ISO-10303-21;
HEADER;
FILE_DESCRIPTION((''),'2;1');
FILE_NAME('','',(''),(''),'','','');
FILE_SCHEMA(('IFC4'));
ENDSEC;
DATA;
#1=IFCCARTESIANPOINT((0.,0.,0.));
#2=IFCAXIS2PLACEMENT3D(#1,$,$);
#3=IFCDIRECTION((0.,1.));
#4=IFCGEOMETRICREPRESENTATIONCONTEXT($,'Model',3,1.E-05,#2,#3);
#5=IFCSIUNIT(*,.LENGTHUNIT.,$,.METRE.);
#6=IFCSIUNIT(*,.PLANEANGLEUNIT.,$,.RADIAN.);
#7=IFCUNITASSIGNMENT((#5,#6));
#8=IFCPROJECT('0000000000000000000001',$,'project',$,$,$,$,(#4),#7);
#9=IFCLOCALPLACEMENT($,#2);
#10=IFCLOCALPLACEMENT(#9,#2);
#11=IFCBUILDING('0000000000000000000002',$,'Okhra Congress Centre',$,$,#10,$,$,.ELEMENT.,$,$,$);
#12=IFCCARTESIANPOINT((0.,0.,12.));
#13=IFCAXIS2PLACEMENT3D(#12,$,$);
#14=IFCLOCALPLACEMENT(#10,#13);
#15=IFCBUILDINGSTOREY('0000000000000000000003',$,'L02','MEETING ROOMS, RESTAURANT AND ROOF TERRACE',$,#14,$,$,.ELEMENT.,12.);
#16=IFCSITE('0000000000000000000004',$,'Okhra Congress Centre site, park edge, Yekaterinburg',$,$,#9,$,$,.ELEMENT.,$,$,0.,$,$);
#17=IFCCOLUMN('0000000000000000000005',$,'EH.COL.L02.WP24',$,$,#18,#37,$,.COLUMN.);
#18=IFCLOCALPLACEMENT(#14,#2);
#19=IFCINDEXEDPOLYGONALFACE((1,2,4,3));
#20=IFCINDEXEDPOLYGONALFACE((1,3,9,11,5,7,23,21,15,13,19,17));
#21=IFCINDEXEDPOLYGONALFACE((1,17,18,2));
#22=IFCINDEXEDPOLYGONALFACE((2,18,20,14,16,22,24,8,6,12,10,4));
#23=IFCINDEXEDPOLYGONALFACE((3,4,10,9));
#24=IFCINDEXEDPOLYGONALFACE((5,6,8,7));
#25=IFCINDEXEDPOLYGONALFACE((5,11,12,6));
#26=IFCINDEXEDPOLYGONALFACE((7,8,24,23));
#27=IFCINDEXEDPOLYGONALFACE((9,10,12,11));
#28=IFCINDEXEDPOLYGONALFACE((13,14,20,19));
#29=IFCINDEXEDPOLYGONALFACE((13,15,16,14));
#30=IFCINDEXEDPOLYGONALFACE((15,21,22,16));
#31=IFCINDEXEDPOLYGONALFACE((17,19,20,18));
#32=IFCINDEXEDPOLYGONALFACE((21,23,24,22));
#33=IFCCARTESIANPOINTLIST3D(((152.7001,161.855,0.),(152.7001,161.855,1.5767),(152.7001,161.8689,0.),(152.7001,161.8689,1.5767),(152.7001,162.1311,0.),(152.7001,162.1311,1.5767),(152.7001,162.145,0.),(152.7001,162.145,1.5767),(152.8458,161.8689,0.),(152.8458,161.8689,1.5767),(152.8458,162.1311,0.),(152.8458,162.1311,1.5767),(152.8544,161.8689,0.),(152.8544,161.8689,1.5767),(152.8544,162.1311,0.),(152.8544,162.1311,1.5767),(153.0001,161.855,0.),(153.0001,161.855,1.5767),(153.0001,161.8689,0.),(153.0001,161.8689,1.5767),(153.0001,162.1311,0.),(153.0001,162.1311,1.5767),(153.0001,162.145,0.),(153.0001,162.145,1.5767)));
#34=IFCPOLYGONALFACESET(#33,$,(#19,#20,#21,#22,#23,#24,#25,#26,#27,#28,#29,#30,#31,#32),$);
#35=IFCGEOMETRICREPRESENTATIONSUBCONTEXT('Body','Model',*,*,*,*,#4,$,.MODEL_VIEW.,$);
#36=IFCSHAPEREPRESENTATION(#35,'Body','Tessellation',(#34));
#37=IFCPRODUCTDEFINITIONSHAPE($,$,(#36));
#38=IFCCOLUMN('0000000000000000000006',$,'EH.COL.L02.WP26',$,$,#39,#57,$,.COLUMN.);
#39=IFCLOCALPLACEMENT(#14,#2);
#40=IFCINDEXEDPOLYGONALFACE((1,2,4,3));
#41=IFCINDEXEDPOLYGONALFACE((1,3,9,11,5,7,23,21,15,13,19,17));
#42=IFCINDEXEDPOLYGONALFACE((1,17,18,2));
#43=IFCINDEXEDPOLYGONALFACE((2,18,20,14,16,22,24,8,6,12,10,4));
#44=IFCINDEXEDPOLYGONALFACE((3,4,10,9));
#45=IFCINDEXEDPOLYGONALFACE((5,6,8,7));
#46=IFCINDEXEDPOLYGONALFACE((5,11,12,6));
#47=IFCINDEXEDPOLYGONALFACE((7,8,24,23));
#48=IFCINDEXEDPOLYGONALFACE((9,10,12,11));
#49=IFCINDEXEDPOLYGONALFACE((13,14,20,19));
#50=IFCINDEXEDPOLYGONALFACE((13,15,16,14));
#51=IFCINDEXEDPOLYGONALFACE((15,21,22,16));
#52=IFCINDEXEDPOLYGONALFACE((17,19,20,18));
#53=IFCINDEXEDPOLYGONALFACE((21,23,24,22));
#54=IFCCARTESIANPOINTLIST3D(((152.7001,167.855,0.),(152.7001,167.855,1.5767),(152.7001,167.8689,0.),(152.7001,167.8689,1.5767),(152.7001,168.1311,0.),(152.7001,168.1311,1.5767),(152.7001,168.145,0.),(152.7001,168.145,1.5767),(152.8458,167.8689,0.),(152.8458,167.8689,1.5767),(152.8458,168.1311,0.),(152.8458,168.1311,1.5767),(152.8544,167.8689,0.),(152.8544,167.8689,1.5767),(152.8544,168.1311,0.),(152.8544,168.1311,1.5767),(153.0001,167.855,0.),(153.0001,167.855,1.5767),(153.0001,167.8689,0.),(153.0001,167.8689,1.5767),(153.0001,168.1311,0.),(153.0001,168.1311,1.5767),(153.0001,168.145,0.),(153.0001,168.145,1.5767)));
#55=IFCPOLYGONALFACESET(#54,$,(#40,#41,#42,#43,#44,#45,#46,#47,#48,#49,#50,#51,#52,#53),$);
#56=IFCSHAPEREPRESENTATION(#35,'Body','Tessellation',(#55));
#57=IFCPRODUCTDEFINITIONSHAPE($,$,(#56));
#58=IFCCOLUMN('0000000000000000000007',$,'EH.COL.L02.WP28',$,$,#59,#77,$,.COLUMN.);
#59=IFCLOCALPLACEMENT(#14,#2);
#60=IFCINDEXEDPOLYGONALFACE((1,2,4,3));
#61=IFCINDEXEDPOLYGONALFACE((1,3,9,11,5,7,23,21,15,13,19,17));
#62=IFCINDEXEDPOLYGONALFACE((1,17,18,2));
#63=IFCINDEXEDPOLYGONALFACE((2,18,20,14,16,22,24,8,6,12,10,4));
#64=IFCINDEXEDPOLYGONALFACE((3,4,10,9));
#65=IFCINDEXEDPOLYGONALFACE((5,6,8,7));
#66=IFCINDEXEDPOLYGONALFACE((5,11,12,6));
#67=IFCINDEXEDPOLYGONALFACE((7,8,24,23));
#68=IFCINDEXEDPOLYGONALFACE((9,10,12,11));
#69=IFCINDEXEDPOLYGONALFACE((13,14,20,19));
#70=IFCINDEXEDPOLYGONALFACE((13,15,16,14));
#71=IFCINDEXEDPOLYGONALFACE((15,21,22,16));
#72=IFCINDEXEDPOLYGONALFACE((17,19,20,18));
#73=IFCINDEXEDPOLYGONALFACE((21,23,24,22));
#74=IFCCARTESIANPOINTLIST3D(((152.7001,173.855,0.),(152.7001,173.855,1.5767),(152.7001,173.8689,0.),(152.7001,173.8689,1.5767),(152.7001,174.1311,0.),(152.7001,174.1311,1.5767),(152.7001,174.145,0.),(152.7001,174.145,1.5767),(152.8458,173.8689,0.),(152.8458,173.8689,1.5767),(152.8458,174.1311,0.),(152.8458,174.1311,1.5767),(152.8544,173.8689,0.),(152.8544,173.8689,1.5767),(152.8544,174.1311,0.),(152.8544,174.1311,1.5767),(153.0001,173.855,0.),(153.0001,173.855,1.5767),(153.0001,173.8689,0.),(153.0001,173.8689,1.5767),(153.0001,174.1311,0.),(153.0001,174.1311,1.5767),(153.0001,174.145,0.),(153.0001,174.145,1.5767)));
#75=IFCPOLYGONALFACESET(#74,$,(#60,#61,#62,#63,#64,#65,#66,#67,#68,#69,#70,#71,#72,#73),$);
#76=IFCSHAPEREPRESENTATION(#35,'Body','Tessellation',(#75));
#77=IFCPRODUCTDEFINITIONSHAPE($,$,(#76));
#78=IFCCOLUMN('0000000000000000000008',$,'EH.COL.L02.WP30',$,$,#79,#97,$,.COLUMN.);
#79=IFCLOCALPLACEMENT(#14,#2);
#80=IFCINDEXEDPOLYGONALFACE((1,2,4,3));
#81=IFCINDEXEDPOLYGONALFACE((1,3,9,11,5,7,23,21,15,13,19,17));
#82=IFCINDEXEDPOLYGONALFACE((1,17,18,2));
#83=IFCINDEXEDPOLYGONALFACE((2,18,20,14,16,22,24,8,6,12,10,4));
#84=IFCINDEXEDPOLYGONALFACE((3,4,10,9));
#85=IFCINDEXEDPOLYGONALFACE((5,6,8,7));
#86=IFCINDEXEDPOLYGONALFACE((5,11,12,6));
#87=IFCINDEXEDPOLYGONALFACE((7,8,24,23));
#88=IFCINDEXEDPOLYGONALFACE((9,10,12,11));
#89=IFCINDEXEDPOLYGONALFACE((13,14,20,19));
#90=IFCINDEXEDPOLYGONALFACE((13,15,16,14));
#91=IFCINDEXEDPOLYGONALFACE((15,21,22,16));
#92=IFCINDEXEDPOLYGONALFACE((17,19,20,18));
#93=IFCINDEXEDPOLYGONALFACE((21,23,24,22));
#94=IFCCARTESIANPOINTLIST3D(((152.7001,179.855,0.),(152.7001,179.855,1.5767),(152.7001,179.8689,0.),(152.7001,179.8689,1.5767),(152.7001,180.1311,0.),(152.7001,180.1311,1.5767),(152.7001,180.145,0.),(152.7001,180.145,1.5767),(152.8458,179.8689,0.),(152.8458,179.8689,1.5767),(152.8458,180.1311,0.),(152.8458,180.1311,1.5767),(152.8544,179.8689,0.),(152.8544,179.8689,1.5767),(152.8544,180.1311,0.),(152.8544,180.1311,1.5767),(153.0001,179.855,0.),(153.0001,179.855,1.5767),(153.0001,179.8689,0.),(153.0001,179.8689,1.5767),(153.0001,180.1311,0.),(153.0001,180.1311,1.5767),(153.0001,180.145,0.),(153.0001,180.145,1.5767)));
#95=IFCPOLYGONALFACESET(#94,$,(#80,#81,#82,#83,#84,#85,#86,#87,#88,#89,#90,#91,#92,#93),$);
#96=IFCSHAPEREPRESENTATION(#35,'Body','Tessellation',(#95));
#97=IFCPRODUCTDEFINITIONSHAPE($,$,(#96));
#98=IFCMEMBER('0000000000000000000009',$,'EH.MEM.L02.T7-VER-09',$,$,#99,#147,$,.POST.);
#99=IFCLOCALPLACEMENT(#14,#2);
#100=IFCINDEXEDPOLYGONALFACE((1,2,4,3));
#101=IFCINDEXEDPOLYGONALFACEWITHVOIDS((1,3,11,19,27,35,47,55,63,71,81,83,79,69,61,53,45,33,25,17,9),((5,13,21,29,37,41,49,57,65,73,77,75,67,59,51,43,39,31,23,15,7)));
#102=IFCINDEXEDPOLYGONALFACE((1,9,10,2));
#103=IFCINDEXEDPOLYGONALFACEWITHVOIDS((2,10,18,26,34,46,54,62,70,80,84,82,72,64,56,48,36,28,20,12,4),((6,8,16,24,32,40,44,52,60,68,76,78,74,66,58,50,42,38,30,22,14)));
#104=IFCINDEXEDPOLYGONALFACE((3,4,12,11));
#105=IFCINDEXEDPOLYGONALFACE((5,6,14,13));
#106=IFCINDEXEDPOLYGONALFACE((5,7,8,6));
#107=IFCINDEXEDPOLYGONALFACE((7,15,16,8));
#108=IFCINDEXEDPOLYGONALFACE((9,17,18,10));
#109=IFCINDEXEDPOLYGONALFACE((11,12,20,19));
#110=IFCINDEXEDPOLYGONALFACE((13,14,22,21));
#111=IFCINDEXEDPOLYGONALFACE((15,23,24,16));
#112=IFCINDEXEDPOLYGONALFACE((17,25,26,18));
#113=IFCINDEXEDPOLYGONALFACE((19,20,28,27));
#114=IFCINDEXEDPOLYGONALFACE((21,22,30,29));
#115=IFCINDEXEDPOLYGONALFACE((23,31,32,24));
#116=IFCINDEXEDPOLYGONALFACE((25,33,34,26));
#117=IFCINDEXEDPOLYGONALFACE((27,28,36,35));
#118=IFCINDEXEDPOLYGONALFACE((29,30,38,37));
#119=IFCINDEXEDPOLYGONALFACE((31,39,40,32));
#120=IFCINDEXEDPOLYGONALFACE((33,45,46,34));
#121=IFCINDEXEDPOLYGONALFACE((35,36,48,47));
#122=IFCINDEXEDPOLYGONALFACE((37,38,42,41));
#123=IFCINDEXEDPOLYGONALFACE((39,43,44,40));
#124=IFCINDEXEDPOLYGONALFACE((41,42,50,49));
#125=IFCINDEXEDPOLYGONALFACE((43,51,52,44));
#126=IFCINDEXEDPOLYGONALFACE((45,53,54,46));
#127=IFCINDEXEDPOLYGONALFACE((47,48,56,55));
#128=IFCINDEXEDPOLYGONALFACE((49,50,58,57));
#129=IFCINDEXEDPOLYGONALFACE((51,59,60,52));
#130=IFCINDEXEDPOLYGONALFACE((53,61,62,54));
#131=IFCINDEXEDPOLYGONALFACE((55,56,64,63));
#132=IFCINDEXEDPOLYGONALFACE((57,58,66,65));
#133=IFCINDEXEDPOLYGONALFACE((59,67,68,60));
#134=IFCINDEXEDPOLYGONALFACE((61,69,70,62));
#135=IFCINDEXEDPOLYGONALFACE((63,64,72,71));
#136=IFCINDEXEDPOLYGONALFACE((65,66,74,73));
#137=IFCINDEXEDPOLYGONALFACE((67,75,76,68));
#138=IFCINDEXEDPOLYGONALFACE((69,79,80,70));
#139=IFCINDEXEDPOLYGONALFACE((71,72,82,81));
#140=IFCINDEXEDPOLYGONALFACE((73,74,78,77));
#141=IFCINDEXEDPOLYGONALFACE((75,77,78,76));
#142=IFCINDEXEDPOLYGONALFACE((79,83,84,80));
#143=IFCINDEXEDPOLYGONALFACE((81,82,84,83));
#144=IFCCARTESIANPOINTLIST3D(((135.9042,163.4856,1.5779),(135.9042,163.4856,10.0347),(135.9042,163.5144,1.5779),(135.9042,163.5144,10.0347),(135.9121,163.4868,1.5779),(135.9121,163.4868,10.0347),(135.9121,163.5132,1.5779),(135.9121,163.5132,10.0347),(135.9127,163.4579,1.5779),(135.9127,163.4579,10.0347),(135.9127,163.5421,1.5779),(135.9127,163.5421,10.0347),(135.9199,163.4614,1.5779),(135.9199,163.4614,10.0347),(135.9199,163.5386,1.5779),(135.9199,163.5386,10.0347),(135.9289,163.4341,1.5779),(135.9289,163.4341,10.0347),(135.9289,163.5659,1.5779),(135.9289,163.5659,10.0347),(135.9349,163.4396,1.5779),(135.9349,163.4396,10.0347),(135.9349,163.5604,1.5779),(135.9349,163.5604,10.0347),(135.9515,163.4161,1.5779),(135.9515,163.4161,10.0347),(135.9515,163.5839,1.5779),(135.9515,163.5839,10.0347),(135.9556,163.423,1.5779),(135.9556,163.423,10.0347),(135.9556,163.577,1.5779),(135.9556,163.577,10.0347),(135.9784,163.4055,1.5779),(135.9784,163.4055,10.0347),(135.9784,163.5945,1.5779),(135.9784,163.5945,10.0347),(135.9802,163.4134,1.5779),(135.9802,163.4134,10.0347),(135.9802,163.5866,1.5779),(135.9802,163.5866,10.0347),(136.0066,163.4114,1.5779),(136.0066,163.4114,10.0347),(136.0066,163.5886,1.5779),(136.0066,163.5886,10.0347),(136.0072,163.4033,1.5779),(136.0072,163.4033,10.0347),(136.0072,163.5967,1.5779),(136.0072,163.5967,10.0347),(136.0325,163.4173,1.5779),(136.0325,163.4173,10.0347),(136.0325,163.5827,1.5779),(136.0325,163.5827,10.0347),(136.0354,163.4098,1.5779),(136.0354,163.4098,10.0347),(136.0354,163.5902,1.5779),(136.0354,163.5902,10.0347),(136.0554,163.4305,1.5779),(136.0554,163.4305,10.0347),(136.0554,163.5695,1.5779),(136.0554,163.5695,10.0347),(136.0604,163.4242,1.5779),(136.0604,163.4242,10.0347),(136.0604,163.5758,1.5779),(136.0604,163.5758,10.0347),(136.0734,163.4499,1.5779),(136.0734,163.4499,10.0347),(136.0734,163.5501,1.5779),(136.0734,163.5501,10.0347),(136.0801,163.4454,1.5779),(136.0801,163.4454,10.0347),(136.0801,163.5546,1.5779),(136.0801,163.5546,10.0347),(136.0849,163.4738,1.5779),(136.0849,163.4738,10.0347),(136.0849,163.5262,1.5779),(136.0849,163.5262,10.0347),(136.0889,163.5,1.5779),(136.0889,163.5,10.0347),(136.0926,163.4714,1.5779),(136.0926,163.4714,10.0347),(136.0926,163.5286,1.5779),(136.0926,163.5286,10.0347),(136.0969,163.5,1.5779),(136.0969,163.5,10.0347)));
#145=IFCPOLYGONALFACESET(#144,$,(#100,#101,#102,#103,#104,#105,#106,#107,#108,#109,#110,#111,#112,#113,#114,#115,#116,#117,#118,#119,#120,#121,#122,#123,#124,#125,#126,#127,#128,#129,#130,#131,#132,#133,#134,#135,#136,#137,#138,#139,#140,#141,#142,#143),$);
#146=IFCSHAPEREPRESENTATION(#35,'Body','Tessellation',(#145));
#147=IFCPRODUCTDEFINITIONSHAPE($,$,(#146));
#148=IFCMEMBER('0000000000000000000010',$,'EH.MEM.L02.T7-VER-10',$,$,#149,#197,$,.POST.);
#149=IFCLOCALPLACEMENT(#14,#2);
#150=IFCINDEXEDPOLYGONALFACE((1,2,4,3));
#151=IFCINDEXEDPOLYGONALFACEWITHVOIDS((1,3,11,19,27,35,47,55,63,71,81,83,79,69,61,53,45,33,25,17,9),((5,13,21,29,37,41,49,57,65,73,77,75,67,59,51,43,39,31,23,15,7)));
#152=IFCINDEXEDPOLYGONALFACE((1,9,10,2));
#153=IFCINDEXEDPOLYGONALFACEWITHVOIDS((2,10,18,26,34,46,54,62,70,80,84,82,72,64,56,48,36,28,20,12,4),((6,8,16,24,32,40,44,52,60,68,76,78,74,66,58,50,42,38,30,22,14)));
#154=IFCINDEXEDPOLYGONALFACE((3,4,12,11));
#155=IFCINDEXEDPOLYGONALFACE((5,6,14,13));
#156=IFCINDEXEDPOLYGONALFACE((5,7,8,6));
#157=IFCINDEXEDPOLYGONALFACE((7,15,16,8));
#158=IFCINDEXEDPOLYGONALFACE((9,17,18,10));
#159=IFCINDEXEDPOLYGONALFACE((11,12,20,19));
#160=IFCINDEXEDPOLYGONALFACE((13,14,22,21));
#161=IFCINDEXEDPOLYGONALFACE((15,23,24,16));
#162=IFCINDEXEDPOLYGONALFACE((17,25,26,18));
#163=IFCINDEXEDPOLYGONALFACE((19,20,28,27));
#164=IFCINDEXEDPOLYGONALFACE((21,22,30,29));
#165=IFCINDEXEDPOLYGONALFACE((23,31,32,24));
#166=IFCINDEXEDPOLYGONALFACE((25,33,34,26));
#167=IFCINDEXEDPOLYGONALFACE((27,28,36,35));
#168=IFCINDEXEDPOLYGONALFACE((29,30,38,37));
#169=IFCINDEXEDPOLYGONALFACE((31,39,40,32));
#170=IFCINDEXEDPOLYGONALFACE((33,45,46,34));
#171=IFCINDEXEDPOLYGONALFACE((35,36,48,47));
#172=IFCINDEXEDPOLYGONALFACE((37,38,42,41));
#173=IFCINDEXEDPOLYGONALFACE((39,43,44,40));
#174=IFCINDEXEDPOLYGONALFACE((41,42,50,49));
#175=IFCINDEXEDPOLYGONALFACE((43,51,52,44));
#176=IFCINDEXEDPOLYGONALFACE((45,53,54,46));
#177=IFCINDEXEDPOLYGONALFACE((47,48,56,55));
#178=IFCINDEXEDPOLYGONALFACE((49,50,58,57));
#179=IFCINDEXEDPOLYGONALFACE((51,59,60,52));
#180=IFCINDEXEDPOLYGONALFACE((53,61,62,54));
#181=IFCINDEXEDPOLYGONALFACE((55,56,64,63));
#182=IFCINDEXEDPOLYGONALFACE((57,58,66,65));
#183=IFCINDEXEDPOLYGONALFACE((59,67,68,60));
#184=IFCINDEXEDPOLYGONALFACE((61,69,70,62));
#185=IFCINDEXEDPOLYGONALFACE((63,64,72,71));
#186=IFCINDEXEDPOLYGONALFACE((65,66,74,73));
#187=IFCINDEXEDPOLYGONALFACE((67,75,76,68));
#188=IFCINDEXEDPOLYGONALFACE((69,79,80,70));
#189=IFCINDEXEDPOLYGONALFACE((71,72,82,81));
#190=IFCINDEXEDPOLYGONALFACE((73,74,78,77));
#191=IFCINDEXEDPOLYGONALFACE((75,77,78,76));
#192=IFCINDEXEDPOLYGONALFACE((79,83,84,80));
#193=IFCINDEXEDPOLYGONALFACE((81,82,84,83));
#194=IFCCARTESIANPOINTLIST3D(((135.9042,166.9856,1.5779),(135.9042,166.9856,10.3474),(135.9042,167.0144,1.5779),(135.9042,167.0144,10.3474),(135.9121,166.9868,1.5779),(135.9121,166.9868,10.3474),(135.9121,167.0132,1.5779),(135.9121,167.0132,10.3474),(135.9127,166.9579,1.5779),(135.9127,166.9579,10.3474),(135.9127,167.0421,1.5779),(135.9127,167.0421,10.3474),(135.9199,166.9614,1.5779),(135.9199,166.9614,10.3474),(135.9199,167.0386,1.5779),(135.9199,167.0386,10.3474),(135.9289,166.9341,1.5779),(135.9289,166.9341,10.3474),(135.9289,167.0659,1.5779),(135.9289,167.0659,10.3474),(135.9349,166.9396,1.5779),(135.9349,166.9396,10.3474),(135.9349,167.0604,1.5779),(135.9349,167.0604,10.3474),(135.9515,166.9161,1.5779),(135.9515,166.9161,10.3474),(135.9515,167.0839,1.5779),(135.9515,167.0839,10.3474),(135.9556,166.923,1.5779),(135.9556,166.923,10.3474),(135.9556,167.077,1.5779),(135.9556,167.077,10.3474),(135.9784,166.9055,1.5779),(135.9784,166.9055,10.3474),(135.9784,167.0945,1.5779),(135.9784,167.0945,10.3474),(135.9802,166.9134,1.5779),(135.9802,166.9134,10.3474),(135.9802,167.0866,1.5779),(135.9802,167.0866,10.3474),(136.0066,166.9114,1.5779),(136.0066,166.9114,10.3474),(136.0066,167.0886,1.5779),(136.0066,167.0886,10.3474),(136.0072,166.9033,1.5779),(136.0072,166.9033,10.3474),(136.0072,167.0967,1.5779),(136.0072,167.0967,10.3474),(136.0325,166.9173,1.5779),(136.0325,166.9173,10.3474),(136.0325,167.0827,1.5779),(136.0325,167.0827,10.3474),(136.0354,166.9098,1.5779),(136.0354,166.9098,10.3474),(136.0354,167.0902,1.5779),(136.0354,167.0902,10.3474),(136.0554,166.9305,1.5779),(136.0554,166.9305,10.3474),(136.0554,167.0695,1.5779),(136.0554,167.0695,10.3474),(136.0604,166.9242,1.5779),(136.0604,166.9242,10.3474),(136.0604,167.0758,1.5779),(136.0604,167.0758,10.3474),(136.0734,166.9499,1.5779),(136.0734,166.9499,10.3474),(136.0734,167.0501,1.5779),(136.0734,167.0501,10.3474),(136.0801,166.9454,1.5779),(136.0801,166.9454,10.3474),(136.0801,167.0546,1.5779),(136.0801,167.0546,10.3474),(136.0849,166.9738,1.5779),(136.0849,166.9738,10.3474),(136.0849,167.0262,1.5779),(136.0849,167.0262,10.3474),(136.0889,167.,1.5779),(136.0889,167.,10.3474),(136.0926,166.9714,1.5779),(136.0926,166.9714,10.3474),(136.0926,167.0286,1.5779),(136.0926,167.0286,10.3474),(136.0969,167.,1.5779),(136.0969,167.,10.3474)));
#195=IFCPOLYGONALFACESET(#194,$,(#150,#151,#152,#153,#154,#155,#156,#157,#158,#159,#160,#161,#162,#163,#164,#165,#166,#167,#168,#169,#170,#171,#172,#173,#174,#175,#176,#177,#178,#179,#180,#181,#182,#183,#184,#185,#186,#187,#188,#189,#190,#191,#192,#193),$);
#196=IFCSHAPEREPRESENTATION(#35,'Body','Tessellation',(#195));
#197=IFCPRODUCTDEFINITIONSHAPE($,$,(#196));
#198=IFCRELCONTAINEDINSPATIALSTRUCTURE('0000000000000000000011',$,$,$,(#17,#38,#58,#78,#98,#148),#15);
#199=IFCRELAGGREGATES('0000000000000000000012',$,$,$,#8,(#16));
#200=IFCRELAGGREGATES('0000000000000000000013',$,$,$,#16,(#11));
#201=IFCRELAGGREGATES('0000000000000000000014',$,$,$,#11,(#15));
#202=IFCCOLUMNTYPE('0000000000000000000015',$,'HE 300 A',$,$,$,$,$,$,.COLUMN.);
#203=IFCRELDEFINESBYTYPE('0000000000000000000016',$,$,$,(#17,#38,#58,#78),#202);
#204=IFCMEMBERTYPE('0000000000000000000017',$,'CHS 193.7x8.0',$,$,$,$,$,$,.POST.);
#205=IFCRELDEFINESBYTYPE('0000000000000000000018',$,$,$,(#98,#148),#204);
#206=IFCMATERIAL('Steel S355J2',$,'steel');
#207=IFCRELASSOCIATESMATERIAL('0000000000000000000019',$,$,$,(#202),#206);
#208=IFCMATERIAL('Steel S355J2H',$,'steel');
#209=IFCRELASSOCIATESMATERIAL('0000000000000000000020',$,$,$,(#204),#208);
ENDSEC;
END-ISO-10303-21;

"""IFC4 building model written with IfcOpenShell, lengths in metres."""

from ifc_helpers import new_model, si_unit, direction, frame, origin, origin_2d, place, context, subcontext, project, spatial, hollow_circle, i_section, extrude, material, material_profile, profile_set, type_object, element, save


model = new_model("IFC4")

# Units and contexts
model_context = context("Model", 3, precision=1e-05, world=origin(), true_north=direction((0.0, 1.0)))
body_context = subcontext(model_context, "Body", "Model", "MODEL_VIEW")
ifc_project = project(units=[si_unit("LENGTHUNIT", "METRE"), si_unit("PLANEANGLEUNIT", "RADIAN")], contexts=[model_context])

# Site, building, storey
site_placement = place(None, origin())
site = spatial("IfcSite", under=ifc_project, at=site_placement, Name="Okhra Congress Centre site, park edge, Yekaterinburg", CompositionType="ELEMENT", RefElevation=0.0)
building_placement = place(site_placement, origin())
building = spatial("IfcBuilding", under=site, at=building_placement, Name="Okhra Congress Centre", CompositionType="ELEMENT")
storey_placement = place(building_placement, frame((0.0, 0.0, 12.0)))
storey = spatial("IfcBuildingStorey", under=building, at=storey_placement, Name="L02", Description="MEETING ROOMS, RESTAURANT AND ROOF TERRACE", CompositionType="ELEMENT", Elevation=12.0)

# Columns
ifc_material_1 = material(Name="Steel S355J2", Category="steel")
ifc_material_profile_1 = material_profile(ifc_material_1, i_section(OverallWidth=0.3, OverallDepth=0.29, WebThickness=0.0085, FlangeThickness=0.0139, at=origin_2d()), Name="HE 300 A")
ifc_profile_set_1 = profile_set([ifc_material_profile_1], Name="Steel S355J2")
column_type = type_object("IfcColumnType", Name="HE 300 A", PredefinedType="COLUMN", material=ifc_profile_set_1)
for number, where, z_axis, x_axis, name in (
    (1, (152.8501, 162.0, 0.0), (0.0, 0.0, 1.0), (1.0, 0.0, 0.0), "EH.COL.L02.WP24"),
    (2, (152.8501, 168.0, 0.0), (0.0, 0.0, 1.0), (1.0, 0.0, 0.0), "EH.COL.L02.WP26"),
    (3, (152.8501, 174.0, 0.0), (0.0, 0.0, 1.0), (1.0, 0.0, 0.0), "EH.COL.L02.WP28"),
    (4, (152.8501, 180.0, 0.0), (0.0, 0.0, 1.0), (1.0, 0.0, 0.0), "EH.COL.L02.WP30"),
):
    element("IfcColumn", number, at=place(storey_placement, frame(where, z_axis=z_axis, x_axis=x_axis)), inside=storey, type_object=column_type, Name=name, PredefinedType="COLUMN", context=body_context, shape_type="SweptSolid", body=[
        extrude(i_section(OverallWidth=0.3, OverallDepth=0.29, WebThickness=0.0085, FlangeThickness=0.0139, at=origin_2d()), origin(), (0.0, 0.0, 1.0), 1.5767),
    ])

# Members
ifc_material_2 = material(Name="Steel S355J2H", Category="steel")
ifc_material_profile_2 = material_profile(ifc_material_2, hollow_circle(Radius=0.0969, WallThickness=0.0081, at=origin_2d()), Name="CHS 193.7x8.0")
ifc_profile_set_2 = profile_set([ifc_material_profile_2], Name="Steel S355J2H")
member_type_1 = type_object("IfcMemberType", Name="CHS 193.7x8.0", PredefinedType="POST", material=ifc_profile_set_2)
member_1_placement = place(storey_placement, frame((136.0, 163.5, 1.5779), z_axis=(0.0, 0.0, 1.0), x_axis=(1.0, 0.0, 0.0)))
element("IfcMember", 5, at=member_1_placement, inside=storey, type_object=member_type_1, Name="EH.MEM.L02.T7-VER-09", PredefinedType="POST", context=body_context, shape_type="SweptSolid", body=[
    extrude(hollow_circle(Radius=0.0969, WallThickness=0.0081, at=origin_2d()), origin(), (0.0, 0.0, 1.0), 8.4568),
])
member_2_placement = place(storey_placement, frame((136.0, 167.0, 1.5779), z_axis=(0.0, 0.0, 1.0), x_axis=(1.0, 0.0, 0.0)))
element("IfcMember", 6, at=member_2_placement, inside=storey, type_object=member_type_1, Name="EH.MEM.L02.T7-VER-10", PredefinedType="POST", context=body_context, shape_type="SweptSolid", body=[
    extrude(hollow_circle(Radius=0.0969, WallThickness=0.0081, at=origin_2d()), origin(), (0.0, 0.0, 1.0), 8.7695),
])

save(model, "model.ifc")
